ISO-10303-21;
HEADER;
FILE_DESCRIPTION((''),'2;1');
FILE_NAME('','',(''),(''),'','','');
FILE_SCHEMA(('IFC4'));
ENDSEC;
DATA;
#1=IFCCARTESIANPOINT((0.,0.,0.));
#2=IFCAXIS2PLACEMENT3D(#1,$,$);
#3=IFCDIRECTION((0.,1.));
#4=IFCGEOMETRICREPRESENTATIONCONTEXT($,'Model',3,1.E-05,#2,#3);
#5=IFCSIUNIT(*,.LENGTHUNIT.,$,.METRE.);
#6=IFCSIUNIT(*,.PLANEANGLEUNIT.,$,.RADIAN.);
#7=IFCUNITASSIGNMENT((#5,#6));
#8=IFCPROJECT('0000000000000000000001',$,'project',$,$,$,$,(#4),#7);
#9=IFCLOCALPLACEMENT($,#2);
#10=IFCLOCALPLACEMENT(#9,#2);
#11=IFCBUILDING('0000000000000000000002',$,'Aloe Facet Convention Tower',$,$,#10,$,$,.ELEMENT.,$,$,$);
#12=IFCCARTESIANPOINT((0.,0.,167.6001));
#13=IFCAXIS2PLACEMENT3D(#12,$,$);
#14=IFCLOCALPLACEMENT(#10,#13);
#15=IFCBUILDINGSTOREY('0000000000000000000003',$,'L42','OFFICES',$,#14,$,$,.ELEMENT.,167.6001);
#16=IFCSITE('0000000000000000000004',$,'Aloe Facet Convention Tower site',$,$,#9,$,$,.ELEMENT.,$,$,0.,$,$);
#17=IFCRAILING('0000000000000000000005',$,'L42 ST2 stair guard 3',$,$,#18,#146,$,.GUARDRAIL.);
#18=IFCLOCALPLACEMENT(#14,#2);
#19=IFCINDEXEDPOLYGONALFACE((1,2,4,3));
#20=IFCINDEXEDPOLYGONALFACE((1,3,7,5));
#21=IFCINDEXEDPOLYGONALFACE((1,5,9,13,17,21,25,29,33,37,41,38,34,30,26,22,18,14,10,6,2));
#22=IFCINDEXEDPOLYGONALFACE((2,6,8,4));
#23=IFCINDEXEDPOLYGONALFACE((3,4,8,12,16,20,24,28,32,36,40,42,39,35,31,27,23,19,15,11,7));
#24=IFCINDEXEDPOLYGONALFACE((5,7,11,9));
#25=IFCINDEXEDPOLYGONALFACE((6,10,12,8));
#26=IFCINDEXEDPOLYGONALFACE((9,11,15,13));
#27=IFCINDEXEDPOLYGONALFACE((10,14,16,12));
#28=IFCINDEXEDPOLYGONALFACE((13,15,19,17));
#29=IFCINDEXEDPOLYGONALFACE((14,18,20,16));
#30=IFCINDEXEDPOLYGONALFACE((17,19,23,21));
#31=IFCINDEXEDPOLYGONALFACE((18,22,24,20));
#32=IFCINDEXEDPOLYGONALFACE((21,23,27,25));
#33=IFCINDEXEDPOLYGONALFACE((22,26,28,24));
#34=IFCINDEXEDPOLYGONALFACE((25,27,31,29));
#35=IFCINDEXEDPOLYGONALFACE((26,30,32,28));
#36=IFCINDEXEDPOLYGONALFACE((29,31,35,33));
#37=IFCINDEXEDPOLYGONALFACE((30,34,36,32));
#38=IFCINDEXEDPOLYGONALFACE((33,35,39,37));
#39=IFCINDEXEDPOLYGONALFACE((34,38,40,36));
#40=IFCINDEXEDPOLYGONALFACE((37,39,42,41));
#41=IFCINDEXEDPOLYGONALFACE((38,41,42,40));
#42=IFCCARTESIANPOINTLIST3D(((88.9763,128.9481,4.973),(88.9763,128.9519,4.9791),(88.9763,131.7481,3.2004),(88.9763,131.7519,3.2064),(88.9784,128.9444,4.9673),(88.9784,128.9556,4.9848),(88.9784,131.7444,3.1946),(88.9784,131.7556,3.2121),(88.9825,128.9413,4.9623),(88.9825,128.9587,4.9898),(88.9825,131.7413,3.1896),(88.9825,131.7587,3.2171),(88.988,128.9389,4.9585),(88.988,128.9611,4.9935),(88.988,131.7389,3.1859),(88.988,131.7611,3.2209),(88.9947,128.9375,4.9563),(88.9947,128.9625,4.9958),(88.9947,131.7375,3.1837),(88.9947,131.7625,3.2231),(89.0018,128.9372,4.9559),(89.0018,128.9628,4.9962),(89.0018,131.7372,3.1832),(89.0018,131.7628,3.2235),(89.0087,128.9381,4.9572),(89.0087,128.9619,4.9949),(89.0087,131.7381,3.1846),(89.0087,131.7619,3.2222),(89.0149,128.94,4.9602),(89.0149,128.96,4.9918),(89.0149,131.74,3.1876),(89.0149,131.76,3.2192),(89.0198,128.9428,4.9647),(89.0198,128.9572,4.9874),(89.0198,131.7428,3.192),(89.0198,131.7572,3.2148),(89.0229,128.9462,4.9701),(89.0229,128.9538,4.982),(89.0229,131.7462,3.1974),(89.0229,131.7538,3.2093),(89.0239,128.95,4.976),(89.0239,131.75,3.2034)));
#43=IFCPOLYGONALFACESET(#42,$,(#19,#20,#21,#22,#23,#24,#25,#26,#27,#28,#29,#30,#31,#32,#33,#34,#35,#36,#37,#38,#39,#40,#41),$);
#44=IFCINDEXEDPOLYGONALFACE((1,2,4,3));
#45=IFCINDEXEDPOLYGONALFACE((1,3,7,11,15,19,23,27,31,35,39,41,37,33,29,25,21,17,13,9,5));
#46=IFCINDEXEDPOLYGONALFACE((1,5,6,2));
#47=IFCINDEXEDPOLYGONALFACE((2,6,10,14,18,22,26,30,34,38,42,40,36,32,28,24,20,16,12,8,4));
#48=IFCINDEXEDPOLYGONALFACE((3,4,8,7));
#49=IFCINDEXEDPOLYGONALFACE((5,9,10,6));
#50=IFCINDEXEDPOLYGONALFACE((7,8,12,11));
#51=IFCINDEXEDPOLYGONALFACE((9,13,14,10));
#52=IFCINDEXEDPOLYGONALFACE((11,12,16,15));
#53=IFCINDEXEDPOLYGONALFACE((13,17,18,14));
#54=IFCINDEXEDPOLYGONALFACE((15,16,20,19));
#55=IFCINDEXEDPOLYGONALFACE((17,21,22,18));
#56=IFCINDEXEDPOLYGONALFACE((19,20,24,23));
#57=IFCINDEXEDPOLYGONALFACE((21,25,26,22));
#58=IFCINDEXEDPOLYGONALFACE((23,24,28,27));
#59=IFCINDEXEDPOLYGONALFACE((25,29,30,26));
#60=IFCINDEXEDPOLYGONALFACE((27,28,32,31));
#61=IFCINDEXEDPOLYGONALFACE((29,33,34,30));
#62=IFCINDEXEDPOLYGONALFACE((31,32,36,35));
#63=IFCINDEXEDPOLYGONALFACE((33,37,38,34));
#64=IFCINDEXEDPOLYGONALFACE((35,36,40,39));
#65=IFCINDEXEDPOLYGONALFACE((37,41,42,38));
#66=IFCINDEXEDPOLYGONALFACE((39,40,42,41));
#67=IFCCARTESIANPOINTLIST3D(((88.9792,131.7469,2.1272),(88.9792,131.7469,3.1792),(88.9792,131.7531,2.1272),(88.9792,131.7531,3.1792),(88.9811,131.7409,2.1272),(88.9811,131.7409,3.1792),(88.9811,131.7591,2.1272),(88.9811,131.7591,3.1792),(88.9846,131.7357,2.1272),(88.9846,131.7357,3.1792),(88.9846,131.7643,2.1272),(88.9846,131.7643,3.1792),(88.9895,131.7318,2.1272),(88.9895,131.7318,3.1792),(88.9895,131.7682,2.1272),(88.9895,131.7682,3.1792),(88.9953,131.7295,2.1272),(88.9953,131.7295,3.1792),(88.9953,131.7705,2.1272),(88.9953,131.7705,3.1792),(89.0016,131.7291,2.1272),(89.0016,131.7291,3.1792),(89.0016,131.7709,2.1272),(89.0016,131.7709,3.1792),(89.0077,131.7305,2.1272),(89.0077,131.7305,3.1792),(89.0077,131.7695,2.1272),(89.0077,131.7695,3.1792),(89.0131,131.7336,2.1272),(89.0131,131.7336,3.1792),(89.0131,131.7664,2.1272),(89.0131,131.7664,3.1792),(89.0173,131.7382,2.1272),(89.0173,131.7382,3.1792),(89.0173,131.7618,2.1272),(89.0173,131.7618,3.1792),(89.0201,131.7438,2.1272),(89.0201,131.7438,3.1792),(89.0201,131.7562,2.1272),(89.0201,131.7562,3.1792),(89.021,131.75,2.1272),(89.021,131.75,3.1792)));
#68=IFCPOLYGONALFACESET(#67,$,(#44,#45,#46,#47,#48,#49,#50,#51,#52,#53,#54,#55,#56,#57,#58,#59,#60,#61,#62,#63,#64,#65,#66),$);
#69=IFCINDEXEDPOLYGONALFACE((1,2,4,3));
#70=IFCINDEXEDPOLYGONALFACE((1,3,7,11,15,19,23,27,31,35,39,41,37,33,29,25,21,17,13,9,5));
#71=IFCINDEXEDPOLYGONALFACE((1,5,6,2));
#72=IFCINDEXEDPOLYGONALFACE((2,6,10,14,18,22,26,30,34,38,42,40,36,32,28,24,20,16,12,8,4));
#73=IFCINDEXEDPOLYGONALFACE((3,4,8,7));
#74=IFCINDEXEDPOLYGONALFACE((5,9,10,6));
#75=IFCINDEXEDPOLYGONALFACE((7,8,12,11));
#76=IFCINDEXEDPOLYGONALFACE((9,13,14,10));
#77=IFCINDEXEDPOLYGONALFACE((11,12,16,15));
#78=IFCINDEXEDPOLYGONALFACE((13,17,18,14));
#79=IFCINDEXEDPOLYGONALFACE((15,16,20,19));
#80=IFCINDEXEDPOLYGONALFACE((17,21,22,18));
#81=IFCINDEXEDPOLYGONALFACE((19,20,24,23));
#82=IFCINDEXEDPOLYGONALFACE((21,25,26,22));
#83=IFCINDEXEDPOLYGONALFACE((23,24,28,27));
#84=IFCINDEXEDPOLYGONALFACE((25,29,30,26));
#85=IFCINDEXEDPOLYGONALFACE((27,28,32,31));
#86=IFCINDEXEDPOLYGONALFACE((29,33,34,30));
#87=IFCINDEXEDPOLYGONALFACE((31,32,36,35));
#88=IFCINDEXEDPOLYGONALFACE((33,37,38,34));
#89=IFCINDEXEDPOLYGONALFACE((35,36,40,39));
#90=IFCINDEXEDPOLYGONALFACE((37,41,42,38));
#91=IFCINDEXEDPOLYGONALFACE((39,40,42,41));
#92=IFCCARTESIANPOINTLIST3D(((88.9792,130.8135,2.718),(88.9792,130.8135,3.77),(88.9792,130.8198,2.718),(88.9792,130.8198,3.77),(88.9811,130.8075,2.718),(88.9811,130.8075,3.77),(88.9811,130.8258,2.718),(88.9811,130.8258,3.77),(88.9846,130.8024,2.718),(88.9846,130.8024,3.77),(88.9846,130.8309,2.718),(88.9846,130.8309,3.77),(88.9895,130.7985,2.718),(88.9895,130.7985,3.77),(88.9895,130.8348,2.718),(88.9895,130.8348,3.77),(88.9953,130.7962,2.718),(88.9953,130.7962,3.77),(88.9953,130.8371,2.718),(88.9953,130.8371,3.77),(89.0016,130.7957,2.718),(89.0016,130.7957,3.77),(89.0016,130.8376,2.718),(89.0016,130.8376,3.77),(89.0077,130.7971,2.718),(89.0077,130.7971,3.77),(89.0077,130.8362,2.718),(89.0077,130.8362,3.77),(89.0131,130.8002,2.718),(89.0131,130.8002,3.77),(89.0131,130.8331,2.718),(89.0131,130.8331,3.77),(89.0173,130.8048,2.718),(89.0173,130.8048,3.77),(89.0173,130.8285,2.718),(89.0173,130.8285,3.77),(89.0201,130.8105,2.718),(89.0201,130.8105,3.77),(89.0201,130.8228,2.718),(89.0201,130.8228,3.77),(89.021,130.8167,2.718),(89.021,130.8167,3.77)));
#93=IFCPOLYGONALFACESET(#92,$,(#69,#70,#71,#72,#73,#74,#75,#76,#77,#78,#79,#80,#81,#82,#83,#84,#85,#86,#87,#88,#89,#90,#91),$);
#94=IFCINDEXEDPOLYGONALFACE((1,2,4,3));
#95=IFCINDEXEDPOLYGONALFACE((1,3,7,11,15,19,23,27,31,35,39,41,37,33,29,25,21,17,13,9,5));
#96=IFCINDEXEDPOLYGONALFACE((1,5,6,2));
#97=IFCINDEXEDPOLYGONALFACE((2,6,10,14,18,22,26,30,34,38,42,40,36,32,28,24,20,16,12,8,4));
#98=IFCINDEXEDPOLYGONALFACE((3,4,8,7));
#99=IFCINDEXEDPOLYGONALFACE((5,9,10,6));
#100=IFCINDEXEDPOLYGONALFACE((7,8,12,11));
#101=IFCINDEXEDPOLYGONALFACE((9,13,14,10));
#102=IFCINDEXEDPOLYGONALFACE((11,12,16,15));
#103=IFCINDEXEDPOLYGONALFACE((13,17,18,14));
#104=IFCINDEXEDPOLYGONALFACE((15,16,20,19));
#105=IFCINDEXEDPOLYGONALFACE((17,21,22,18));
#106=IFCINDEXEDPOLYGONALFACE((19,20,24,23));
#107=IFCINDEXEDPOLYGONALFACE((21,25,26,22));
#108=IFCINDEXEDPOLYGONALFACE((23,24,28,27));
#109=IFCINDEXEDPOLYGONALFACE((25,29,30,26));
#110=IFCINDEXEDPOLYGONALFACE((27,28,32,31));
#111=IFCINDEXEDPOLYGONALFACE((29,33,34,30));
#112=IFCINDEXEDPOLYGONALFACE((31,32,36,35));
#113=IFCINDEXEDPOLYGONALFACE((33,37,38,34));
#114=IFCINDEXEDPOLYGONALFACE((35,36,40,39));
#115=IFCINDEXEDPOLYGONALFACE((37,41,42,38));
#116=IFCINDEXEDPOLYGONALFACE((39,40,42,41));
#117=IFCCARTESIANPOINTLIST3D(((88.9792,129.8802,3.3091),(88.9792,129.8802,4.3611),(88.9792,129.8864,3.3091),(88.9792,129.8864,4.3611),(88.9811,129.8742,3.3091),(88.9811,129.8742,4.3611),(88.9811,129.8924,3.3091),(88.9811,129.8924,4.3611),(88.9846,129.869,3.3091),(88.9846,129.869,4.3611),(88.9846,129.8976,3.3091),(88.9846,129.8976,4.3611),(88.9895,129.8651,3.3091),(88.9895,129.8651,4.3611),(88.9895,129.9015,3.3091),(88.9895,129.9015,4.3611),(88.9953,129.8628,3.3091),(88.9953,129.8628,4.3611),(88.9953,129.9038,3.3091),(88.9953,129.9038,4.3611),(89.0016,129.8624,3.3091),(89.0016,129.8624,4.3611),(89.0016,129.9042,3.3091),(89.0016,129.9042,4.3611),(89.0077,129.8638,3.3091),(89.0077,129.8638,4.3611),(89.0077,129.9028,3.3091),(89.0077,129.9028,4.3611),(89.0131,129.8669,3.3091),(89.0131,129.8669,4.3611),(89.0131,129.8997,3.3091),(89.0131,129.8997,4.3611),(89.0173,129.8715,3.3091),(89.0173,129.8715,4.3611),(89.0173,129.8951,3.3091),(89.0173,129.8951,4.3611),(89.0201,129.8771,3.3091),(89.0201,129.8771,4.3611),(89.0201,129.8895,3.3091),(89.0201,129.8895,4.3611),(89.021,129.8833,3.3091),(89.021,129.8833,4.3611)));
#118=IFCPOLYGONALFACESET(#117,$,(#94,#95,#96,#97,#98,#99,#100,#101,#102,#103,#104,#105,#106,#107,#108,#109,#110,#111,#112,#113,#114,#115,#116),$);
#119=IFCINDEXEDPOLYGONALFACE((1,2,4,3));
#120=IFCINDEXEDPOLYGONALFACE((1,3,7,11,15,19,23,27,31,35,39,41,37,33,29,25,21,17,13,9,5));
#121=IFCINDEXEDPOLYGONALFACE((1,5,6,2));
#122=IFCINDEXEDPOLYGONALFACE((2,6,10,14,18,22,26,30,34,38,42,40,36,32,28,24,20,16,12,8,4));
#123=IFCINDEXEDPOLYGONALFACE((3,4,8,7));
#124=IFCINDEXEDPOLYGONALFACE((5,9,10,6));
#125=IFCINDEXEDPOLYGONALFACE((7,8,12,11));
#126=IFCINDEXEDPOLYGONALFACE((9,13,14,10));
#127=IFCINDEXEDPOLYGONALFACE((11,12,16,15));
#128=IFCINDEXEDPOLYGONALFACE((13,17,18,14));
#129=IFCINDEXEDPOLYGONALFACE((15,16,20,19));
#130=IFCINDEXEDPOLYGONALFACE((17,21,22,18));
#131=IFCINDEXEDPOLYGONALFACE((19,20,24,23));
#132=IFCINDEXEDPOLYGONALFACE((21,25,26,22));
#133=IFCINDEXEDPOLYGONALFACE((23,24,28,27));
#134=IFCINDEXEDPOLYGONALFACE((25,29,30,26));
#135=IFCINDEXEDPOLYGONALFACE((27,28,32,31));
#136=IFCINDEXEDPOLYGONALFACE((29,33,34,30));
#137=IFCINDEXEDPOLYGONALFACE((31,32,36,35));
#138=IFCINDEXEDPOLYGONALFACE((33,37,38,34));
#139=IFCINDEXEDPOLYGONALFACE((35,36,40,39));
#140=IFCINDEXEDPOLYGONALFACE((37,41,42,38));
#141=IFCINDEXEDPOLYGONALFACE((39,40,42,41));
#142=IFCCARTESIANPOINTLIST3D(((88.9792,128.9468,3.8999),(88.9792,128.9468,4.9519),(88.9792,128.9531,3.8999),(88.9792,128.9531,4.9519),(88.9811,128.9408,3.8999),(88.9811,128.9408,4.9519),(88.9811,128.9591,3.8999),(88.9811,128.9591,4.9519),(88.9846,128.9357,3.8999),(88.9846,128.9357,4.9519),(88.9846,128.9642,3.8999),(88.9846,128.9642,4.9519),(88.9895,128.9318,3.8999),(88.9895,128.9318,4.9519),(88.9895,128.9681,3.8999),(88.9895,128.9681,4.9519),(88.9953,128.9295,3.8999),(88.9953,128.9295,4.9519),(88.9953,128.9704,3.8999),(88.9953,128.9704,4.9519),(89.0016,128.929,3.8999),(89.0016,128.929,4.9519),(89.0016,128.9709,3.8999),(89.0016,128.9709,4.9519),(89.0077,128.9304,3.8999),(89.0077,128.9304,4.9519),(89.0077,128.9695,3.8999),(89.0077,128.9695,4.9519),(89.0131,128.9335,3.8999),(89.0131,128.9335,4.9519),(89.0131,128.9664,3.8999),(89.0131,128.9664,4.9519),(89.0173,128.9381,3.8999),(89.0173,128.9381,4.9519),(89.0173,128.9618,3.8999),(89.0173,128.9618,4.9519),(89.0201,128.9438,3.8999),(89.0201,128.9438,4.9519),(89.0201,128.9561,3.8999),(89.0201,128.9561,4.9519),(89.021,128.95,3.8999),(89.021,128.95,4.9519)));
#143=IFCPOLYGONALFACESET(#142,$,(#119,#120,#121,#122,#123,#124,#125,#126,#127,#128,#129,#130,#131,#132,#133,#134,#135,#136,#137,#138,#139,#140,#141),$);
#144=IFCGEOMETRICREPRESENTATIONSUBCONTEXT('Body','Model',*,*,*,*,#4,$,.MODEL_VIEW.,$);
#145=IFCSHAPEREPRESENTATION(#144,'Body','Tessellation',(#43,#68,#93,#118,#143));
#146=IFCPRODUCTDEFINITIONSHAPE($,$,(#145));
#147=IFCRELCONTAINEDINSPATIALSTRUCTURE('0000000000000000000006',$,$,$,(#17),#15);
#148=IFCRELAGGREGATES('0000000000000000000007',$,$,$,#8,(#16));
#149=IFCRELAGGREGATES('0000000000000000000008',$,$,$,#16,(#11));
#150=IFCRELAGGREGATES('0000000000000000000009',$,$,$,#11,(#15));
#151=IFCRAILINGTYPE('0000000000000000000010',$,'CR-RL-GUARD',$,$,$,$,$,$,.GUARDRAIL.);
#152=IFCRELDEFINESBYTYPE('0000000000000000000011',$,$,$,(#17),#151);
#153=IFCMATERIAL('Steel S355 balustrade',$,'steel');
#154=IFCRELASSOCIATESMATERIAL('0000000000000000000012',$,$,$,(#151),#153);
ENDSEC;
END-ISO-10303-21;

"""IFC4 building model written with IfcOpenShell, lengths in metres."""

from ifc_helpers import new_model, si_unit, direction, frame, origin, origin_2d, place, context, subcontext, project, spatial, circle, extrude, material, type_object, element, save


model = new_model("IFC4")

# Units and contexts
model_context = context("Model", 3, precision=1e-05, world=origin(), true_north=direction((0.0, 1.0)))
body_context = subcontext(model_context, "Body", "Model", "MODEL_VIEW")
ifc_project = project(units=[si_unit("LENGTHUNIT", "METRE"), si_unit("PLANEANGLEUNIT", "RADIAN")], contexts=[model_context])

# Site, building, storey
site_placement = place(None, origin())
site = spatial("IfcSite", under=ifc_project, at=site_placement, Name="Aloe Facet Convention Tower site", CompositionType="ELEMENT", RefElevation=0.0)
building_placement = place(site_placement, origin())
building = spatial("IfcBuilding", under=site, at=building_placement, Name="Aloe Facet Convention Tower", CompositionType="ELEMENT")
storey_placement = place(building_placement, frame((0.0, 0.0, 167.6001)))
storey = spatial("IfcBuildingStorey", under=building, at=storey_placement, Name="L42", Description="OFFICES", CompositionType="ELEMENT", Elevation=167.6001)

# Railing
ifc_material_1 = material(Name="Steel S355 balustrade", Category="steel")
railing_type = type_object("IfcRailingType", Name="CR-RL-GUARD", PredefinedType="GUARDRAIL", material=ifc_material_1)
railing_1_placement = place(storey_placement, frame((89.0, 131.75, 2.1272)))
element("IfcRailing", 1, at=railing_1_placement, inside=storey, type_object=railing_type, Name="L42 ST2 stair guard 3", PredefinedType="GUARDRAIL", context=body_context, shape_type="SweptSolid", body=[
    extrude(circle(Radius=0.0239, at=origin_2d()), frame((0.0, 0.0, 1.0762), z_axis=(0.0, -0.844909, 0.53491), x_axis=(1.0, 0.0, 0.0)), (0.0, 0.0, 1.0), 3.314),
    extrude(circle(Radius=0.021, at=origin_2d()), origin(), (0.0, 0.0, 1.0), 1.052),
    extrude(circle(Radius=0.021, at=origin_2d()), frame((0.0, -0.9333, 0.5908)), (0.0, 0.0, 1.0), 1.052),
    extrude(circle(Radius=0.021, at=origin_2d()), frame((0.0, -1.8667, 1.1819)), (0.0, 0.0, 1.0), 1.052),
    extrude(circle(Radius=0.021, at=origin_2d()), frame((0.0, -2.8, 1.7727)), (0.0, 0.0, 1.0), 1.052),
])

save(model, "model.ifc")
